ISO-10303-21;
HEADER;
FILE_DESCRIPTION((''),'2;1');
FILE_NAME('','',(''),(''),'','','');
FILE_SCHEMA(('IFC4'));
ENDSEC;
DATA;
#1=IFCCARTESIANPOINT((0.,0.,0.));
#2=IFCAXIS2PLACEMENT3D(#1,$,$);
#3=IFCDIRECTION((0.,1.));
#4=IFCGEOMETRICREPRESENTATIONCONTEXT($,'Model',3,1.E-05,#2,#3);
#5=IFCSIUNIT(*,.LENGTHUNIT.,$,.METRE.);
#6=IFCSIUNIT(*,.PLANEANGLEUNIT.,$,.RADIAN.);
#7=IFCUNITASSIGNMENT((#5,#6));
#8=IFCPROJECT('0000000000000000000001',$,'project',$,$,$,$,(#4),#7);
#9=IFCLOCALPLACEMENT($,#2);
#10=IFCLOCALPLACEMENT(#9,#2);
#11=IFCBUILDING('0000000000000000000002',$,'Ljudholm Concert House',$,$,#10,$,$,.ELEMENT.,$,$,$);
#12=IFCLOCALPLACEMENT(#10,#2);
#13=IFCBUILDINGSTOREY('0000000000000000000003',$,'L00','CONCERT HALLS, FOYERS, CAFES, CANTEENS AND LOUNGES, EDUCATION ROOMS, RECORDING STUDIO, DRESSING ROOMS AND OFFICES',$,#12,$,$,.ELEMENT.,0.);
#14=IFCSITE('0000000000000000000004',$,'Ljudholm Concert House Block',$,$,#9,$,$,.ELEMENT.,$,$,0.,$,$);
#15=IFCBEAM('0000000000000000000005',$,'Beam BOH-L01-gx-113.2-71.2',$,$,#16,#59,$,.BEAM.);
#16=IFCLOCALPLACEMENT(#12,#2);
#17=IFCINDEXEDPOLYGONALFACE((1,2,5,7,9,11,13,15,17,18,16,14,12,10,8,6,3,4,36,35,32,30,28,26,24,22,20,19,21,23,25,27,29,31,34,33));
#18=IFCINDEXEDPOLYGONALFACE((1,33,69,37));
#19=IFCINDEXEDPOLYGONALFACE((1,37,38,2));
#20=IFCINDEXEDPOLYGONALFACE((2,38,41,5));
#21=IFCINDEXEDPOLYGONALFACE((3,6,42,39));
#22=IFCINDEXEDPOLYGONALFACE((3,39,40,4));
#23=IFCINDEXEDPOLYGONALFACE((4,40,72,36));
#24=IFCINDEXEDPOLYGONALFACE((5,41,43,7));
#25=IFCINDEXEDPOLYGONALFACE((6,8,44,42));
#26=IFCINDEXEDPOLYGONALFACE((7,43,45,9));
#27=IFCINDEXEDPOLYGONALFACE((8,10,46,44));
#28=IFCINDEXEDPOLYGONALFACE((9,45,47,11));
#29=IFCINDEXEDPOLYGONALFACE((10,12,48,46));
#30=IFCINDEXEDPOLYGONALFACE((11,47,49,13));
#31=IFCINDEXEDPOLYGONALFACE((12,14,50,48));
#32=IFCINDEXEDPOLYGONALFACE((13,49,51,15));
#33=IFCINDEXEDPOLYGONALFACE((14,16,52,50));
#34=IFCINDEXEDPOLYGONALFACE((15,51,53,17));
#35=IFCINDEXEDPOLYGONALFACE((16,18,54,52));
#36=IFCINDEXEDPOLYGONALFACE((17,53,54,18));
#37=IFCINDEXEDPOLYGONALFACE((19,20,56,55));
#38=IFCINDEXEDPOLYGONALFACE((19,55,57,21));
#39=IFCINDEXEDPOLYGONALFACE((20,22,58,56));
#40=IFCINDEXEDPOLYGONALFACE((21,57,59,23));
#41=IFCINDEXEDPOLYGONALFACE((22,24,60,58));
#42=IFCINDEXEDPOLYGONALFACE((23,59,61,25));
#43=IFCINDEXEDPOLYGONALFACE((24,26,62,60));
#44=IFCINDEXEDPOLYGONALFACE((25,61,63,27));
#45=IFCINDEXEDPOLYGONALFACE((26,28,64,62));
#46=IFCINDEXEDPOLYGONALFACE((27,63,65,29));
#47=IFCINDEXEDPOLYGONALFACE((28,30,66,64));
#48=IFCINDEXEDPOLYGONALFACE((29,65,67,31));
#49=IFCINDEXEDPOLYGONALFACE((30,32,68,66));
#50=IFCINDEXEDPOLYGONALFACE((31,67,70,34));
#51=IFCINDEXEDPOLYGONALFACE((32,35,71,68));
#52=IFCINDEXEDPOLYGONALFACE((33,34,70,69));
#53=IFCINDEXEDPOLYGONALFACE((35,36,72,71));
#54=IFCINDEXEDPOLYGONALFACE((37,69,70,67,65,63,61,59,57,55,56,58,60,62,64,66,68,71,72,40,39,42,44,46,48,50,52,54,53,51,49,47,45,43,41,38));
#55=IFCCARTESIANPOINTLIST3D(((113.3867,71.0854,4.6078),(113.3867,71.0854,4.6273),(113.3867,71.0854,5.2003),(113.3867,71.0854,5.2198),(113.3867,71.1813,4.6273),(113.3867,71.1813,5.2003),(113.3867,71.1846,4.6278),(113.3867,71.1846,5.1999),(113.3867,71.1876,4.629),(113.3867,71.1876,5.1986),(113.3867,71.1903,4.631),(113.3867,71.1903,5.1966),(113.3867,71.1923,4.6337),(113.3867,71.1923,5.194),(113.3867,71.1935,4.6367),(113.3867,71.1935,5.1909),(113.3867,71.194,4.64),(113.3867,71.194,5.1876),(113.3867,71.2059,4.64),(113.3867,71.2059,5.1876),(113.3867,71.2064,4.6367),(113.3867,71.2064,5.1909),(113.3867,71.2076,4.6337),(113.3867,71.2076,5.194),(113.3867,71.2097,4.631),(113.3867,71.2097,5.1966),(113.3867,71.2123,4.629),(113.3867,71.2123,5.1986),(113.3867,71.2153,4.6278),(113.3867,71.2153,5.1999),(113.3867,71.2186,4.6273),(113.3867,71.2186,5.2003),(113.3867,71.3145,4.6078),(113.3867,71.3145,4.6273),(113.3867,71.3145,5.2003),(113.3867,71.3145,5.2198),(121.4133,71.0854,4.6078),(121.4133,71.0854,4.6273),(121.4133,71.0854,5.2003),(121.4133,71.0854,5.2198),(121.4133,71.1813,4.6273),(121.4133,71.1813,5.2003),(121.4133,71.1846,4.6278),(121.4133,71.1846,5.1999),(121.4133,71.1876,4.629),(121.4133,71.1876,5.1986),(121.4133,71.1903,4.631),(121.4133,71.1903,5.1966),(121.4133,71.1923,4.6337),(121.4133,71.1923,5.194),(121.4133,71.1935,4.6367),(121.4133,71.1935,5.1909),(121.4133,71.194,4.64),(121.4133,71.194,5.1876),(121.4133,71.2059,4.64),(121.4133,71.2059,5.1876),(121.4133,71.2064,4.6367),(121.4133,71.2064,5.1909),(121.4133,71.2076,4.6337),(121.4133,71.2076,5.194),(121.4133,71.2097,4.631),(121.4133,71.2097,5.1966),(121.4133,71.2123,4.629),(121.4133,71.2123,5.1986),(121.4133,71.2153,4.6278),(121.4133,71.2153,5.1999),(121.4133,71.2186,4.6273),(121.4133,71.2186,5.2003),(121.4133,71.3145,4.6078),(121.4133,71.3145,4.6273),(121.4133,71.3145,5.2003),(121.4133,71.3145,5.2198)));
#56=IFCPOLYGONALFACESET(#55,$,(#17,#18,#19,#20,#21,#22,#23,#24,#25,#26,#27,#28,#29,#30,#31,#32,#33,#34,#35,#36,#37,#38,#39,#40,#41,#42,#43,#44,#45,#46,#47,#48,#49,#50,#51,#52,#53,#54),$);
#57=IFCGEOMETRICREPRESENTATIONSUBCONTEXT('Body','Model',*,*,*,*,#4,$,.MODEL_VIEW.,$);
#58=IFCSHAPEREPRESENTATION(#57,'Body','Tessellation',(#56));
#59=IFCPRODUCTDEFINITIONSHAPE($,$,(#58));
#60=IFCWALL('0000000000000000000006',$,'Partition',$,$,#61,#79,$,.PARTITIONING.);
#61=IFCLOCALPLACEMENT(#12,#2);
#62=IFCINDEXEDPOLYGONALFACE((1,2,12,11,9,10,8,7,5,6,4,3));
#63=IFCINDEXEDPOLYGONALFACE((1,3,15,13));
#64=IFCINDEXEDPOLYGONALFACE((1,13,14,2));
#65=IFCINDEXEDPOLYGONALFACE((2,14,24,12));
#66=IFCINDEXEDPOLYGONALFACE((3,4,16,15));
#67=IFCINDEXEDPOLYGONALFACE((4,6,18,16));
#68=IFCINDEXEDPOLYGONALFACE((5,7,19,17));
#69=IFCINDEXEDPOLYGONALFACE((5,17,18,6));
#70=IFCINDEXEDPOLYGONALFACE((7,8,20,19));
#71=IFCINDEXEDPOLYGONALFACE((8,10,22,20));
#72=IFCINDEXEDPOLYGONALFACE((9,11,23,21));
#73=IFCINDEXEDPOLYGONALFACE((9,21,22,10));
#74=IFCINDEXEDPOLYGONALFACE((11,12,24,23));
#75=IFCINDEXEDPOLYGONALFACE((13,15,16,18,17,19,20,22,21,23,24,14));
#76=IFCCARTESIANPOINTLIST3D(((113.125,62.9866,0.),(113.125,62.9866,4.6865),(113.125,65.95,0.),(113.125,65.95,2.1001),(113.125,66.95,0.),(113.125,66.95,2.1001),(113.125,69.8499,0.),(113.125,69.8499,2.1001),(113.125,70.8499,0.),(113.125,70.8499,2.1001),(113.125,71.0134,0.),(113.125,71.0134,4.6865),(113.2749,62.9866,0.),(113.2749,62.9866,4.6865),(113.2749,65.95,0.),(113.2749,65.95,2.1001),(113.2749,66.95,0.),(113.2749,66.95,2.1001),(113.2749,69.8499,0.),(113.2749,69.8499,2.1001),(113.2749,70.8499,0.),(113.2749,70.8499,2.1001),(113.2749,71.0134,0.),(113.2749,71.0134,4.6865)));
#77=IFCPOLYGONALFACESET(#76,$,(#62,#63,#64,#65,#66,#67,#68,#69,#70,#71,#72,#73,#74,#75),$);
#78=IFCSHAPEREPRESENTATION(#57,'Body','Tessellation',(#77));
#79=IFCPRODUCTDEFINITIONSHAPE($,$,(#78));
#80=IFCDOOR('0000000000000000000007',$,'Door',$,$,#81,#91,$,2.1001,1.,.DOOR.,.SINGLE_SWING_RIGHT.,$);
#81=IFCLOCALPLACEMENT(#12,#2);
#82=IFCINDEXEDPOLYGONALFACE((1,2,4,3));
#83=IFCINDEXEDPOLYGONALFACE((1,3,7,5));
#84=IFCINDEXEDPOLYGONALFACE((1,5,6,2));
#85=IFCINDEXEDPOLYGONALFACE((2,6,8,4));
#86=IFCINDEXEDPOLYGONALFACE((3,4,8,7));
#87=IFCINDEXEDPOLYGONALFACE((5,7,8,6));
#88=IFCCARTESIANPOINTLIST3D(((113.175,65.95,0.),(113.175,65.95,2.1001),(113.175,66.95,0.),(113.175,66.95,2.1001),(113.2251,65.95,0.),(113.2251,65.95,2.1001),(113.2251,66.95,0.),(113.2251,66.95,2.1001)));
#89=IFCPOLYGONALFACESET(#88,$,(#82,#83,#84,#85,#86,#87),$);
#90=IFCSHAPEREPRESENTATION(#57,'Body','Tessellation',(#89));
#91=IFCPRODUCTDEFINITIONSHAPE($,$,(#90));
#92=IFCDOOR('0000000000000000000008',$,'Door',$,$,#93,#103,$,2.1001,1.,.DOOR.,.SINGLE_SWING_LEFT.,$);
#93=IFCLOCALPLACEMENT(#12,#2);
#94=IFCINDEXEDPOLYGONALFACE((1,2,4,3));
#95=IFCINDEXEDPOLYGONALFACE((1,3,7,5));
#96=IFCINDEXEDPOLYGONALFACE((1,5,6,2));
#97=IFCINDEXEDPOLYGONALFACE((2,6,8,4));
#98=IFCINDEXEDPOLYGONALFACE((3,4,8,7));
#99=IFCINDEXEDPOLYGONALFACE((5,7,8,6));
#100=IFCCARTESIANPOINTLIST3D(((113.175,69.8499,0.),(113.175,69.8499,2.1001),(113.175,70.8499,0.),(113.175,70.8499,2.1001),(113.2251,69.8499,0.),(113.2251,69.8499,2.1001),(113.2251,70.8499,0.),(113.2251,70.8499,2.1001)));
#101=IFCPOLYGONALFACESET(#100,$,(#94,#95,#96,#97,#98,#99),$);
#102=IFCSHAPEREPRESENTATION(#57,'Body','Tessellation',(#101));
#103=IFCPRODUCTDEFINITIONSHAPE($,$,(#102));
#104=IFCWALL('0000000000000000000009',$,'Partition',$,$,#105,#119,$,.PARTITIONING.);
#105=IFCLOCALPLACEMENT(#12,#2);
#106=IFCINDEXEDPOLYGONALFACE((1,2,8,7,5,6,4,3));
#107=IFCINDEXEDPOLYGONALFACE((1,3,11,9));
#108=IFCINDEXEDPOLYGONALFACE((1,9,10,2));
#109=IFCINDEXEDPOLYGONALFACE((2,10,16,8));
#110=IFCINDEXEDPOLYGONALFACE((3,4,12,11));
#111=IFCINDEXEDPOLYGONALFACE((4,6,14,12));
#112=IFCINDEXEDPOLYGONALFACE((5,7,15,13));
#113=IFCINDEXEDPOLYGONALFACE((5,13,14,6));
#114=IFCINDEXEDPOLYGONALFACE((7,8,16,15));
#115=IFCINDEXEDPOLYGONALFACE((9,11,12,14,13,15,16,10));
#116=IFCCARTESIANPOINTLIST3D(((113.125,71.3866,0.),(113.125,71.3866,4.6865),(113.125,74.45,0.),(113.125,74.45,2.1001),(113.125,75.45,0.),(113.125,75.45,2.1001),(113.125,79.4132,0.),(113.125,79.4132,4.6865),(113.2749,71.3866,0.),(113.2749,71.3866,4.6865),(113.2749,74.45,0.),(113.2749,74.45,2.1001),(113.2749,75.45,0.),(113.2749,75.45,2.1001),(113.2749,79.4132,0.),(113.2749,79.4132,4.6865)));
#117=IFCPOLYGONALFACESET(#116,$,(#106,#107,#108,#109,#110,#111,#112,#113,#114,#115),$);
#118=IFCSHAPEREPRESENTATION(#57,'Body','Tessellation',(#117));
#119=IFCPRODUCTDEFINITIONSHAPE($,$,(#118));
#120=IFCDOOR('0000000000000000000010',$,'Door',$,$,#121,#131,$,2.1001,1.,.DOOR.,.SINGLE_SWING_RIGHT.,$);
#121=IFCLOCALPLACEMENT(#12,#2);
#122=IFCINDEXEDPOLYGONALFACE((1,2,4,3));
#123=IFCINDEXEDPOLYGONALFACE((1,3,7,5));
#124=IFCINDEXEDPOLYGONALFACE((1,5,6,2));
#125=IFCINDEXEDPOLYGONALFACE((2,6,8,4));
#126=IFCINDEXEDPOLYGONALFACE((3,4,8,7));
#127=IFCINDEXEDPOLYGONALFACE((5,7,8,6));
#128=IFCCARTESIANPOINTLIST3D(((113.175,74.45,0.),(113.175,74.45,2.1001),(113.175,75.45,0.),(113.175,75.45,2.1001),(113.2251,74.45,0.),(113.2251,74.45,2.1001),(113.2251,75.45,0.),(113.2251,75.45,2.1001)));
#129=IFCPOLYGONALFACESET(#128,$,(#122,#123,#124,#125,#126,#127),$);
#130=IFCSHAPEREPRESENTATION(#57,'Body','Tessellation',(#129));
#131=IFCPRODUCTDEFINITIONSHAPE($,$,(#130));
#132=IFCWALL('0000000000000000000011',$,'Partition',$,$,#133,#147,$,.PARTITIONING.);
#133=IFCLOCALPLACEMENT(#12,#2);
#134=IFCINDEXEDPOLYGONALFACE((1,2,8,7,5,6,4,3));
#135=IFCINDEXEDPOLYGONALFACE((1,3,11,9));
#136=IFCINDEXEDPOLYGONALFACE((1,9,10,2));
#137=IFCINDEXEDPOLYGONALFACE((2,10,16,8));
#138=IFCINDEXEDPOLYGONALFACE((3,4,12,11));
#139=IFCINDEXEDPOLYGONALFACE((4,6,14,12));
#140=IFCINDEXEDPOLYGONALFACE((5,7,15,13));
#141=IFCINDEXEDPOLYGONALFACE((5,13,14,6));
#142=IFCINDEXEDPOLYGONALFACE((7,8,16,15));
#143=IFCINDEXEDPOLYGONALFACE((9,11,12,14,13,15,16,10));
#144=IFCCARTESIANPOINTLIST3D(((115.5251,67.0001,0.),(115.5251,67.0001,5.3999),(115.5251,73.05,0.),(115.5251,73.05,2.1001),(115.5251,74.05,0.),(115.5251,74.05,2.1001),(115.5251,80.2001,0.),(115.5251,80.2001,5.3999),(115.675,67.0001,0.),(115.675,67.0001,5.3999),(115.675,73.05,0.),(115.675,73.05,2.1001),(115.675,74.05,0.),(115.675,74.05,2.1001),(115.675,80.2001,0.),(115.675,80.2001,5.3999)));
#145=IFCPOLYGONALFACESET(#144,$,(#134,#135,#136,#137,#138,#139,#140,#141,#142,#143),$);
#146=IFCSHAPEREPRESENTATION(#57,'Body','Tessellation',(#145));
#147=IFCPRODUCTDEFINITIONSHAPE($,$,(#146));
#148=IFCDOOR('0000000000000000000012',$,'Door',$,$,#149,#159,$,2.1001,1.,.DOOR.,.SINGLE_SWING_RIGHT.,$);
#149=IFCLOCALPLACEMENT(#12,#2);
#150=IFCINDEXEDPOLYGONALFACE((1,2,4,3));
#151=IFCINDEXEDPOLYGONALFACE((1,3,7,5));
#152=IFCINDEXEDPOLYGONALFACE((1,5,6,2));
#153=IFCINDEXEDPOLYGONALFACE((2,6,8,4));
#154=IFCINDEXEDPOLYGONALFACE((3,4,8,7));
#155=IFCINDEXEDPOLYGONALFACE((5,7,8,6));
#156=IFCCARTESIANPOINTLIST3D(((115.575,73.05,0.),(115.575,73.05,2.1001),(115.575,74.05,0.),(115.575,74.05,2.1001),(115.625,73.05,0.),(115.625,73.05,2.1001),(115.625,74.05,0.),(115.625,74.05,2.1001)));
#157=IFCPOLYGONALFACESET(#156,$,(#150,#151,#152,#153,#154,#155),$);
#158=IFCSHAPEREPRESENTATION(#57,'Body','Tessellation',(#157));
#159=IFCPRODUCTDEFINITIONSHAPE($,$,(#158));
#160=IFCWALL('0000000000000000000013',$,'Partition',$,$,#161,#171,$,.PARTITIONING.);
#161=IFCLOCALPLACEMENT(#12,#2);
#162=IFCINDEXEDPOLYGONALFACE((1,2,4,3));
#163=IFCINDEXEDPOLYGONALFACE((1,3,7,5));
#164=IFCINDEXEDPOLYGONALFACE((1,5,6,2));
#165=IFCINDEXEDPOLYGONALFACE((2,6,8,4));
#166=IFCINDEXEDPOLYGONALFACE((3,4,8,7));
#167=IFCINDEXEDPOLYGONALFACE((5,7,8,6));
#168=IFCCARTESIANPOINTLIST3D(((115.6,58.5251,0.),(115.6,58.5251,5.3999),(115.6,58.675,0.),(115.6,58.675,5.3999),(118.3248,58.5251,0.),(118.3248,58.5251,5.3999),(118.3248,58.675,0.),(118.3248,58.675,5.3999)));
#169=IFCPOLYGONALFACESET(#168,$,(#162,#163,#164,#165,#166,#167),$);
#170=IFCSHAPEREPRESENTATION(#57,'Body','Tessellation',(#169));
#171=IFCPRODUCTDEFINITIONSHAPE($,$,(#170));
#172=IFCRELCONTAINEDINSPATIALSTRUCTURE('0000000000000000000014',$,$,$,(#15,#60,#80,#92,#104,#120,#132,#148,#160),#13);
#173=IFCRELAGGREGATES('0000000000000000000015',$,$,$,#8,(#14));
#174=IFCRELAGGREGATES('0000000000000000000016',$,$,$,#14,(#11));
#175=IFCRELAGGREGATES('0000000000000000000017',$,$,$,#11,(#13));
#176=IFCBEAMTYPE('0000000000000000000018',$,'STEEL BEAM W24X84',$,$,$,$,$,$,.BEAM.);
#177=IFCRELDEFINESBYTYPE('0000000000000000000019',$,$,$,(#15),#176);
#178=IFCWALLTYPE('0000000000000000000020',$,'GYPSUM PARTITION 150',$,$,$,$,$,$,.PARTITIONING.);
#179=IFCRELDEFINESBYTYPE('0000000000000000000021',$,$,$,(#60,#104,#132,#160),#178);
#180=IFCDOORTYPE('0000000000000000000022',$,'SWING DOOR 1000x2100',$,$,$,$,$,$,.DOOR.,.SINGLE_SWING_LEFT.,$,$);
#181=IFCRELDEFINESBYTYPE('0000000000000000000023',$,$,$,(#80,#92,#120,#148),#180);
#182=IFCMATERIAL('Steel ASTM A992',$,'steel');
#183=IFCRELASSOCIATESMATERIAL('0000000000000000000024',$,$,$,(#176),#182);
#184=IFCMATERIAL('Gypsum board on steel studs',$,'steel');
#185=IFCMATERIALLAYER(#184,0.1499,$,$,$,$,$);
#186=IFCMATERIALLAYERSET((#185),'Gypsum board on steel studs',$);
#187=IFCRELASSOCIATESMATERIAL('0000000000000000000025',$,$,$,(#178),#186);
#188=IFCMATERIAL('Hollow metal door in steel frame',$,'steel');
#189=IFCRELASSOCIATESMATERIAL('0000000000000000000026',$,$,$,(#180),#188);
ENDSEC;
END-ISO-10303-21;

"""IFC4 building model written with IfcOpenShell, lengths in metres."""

from ifc_helpers import new_model, si_unit, direction, frame, frame_2d, origin, origin_2d, place, context, subcontext, project, spatial, rectangle, i_section, extrude, material, layer, layer_set, material_profile, profile_set, type_object, element, fill, save


model = new_model("IFC4")

# Units and contexts
model_context = context("Model", 3, precision=1e-05, world=origin(), true_north=direction((0.0, 1.0)))
body_context = subcontext(model_context, "Body", "Model", "MODEL_VIEW")
ifc_project = project(units=[si_unit("LENGTHUNIT", "METRE"), si_unit("PLANEANGLEUNIT", "RADIAN")], contexts=[model_context])

# Site, building, storey
site_placement = place(None, origin())
site = spatial("IfcSite", under=ifc_project, at=site_placement, Name="Ljudholm Concert House Block", CompositionType="ELEMENT", RefElevation=0.0)
building_placement = place(site_placement, origin())
building = spatial("IfcBuilding", under=site, at=building_placement, Name="Ljudholm Concert House", CompositionType="ELEMENT")
storey_placement = place(building_placement, origin())
storey = spatial("IfcBuildingStorey", under=building, at=storey_placement, Name="L00", Description="CONCERT HALLS, FOYERS, CAFES, CANTEENS AND LOUNGES, EDUCATION ROOMS, RECORDING STUDIO, DRESSING ROOMS AND OFFICES", CompositionType="ELEMENT", Elevation=0.0)

# Beam
ifc_material_1 = material(Name="Steel ASTM A992", Category="steel")
ifc_material_profile_1 = material_profile(ifc_material_1, i_section(OverallWidth=0.229, OverallDepth=0.6121, WebThickness=0.012, FlangeThickness=0.0195, FilletRadius=0.0127, at=origin_2d()), Name="W24X84")
ifc_profile_set_1 = profile_set([ifc_material_profile_1], Name="Steel ASTM A992")
beam_type_1 = type_object("IfcBeamType", Name="STEEL BEAM W24X84", PredefinedType="BEAM", material=ifc_profile_set_1)
beam_1_placement = place(storey_placement, frame((113.3867, 71.2, 4.9138), z_axis=(1.0, 0.0, 0.0), x_axis=(0.0, 1.0, 0.0)))
element("IfcBeam", 1, at=beam_1_placement, inside=storey, type_object=beam_type_1, Name="Beam BOH-L01-gx-113.2-71.2", PredefinedType="BEAM", context=body_context, shape_type="SweptSolid", body=[
    extrude(i_section(OverallWidth=0.229, OverallDepth=0.6121, WebThickness=0.012, FlangeThickness=0.0195, FilletRadius=0.0127, at=origin_2d()), origin(), (0.0, 0.0, 1.0), 8.0266),
])

# Wall, openings, doors
ifc_material_2 = material(Name="Gypsum board on steel studs", Category="steel")
ifc_layer_1 = layer(ifc_material_2, 0.1499)
ifc_layer_set_1 = layer_set([ifc_layer_1], Name="Gypsum board on steel studs")
wall_type_1 = type_object("IfcWallType", Name="GYPSUM PARTITION 150", PredefinedType="PARTITIONING", material=ifc_layer_set_1)
wall_1_placement = place(storey_placement, frame((113.2, 62.9866, 0.0), z_axis=(0.0, 0.0, 1.0), x_axis=(0.0, 1.0, 0.0)))
wall_1 = element("IfcWall", 2, at=wall_1_placement, inside=storey, type_object=wall_type_1, Name="Partition", PredefinedType="PARTITIONING", context=body_context, shape_type="SweptSolid", body=[
    extrude(rectangle(XDim=8.0269, YDim=0.1499, at=frame_2d((4.0134, 0.0))), origin(), (0.0, 0.0, 1.0), 4.6865),
])
opening_1_placement = place(wall_1_placement, frame((2.9634, 0.0, 0.0)))
opening_1 = element("IfcOpeningElement", 3, at=opening_1_placement, cuts=wall_1, PredefinedType="OPENING", context=body_context, shape_type="SweptSolid", body=[
    extrude(rectangle(XDim=1.0, YDim=2.1001, at=frame_2d((0.5, 1.05))), frame((0.0, 0.085, 0.0), z_axis=(0.0, -1.0, 0.0), x_axis=(1.0, 0.0, 0.0)), (0.0, 0.0, 1.0), 0.1699),
])
opening_2_placement = place(wall_1_placement, frame((6.8633, 0.0, 0.0)))
opening_2 = element("IfcOpeningElement", 4, at=opening_2_placement, cuts=wall_1, PredefinedType="OPENING", context=body_context, shape_type="SweptSolid", body=[
    extrude(rectangle(XDim=1.0, YDim=2.1001, at=frame_2d((0.5, 1.05))), frame((0.0, 0.085, 0.0), z_axis=(0.0, -1.0, 0.0), x_axis=(1.0, 0.0, 0.0)), (0.0, 0.0, 1.0), 0.1699),
])
ifc_material_3 = material(Name="Hollow metal door in steel frame", Category="steel")
door_type_1 = type_object("IfcDoorType", Name="SWING DOOR 1000x2100", OperationType="SINGLE_SWING_LEFT", PredefinedType="DOOR", material=ifc_material_3)
door_1_placement = place(opening_1_placement, origin())
door_1 = element("IfcDoor", 5, at=door_1_placement, inside=storey, type_object=door_type_1, Name="Door", OperationType="SINGLE_SWING_RIGHT", OverallHeight=2.1001, OverallWidth=1.0, PredefinedType="DOOR", context=body_context, shape_type="SweptSolid", body=[
    extrude(rectangle(XDim=1.0, YDim=2.1001, at=frame_2d((0.5, 1.05))), frame((0.0, 0.0249, 0.0), z_axis=(0.0, -1.0, 0.0), x_axis=(1.0, 0.0, 0.0)), (0.0, 0.0, 1.0), 0.05),
])
fill(opening_1, door_1)
door_2_placement = place(opening_2_placement, origin())
door_2 = element("IfcDoor", 6, at=door_2_placement, inside=storey, type_object=door_type_1, Name="Door", OperationType="SINGLE_SWING_LEFT", OverallHeight=2.1001, OverallWidth=1.0, PredefinedType="DOOR", context=body_context, shape_type="SweptSolid", body=[
    extrude(rectangle(XDim=1.0, YDim=2.1001, at=frame_2d((0.5, 1.05))), frame((0.0, 0.0249, 0.0), z_axis=(0.0, -1.0, 0.0), x_axis=(1.0, 0.0, 0.0)), (0.0, 0.0, 1.0), 0.05),
])
fill(opening_2, door_2)

# Walls, openings, doors
wall_2_placement = place(storey_placement, frame((113.2, 71.3867, 0.0), z_axis=(0.0, 0.0, 1.0), x_axis=(0.0, 1.0, 0.0)))
wall_2 = element("IfcWall", 7, at=wall_2_placement, inside=storey, type_object=wall_type_1, Name="Partition", PredefinedType="PARTITIONING", context=body_context, shape_type="SweptSolid", body=[
    extrude(rectangle(XDim=8.0266, YDim=0.1499, at=frame_2d((4.0132, 0.0))), origin(), (0.0, 0.0, 1.0), 4.6865),
])
opening_3_placement = place(wall_2_placement, frame((3.0632, 0.0, 0.0)))
opening_3 = element("IfcOpeningElement", 8, at=opening_3_placement, cuts=wall_2, PredefinedType="OPENING", context=body_context, shape_type="SweptSolid", body=[
    extrude(rectangle(XDim=1.0, YDim=2.1001, at=frame_2d((0.5, 1.05))), frame((0.0, 0.085, 0.0), z_axis=(0.0, -1.0, 0.0), x_axis=(1.0, 0.0, 0.0)), (0.0, 0.0, 1.0), 0.1699),
])
door_3_placement = place(opening_3_placement, origin())
door_3 = element("IfcDoor", 9, at=door_3_placement, inside=storey, type_object=door_type_1, Name="Door", OperationType="SINGLE_SWING_RIGHT", OverallHeight=2.1001, OverallWidth=1.0, PredefinedType="DOOR", context=body_context, shape_type="SweptSolid", body=[
    extrude(rectangle(XDim=1.0, YDim=2.1001, at=frame_2d((0.5, 1.05))), frame((0.0, 0.0249, 0.0), z_axis=(0.0, -1.0, 0.0), x_axis=(1.0, 0.0, 0.0)), (0.0, 0.0, 1.0), 0.05),
])
fill(opening_3, door_3)
wall_3_placement = place(storey_placement, frame((115.6001, 67.0, 0.0), z_axis=(0.0, 0.0, 1.0), x_axis=(0.0, 1.0, 0.0)))
wall_3 = element("IfcWall", 10, at=wall_3_placement, inside=storey, type_object=wall_type_1, Name="Partition", PredefinedType="PARTITIONING", context=body_context, shape_type="SweptSolid", body=[
    extrude(rectangle(XDim=13.2, YDim=0.1499, at=frame_2d((6.6001, 0.0))), origin(), (0.0, 0.0, 1.0), 5.3999),
])
opening_4_placement = place(wall_3_placement, frame((6.05, 0.0, 0.0)))
opening_4 = element("IfcOpeningElement", 11, at=opening_4_placement, cuts=wall_3, PredefinedType="OPENING", context=body_context, shape_type="SweptSolid", body=[
    extrude(rectangle(XDim=1.0, YDim=2.1001, at=frame_2d((0.5, 1.05))), frame((0.0, 0.085, 0.0), z_axis=(0.0, -1.0, 0.0), x_axis=(1.0, 0.0, 0.0)), (0.0, 0.0, 1.0), 0.1699),
])
door_4_placement = place(opening_4_placement, frame((1.0, 0.0, 0.0), z_axis=(0.0, 0.0, 1.0), x_axis=(-1.0, 0.0, 0.0)))
door_4 = element("IfcDoor", 12, at=door_4_placement, inside=storey, type_object=door_type_1, Name="Door", OperationType="SINGLE_SWING_RIGHT", OverallHeight=2.1001, OverallWidth=1.0, PredefinedType="DOOR", context=body_context, shape_type="SweptSolid", body=[
    extrude(rectangle(XDim=1.0, YDim=2.1001, at=frame_2d((0.5, 1.05))), frame((0.0, 0.0249, 0.0), z_axis=(0.0, -1.0, 0.0), x_axis=(1.0, 0.0, 0.0)), (0.0, 0.0, 1.0), 0.05),
])
fill(opening_4, door_4)

# Wall
wall_4_placement = place(storey_placement, frame((115.6001, 58.6001, 0.0), z_axis=(0.0, 0.0, 1.0), x_axis=(1.0, 0.0, 0.0)))
element("IfcWall", 13, at=wall_4_placement, inside=storey, type_object=wall_type_1, Name="Partition", PredefinedType="PARTITIONING", context=body_context, shape_type="SweptSolid", body=[
    extrude(rectangle(XDim=2.7249, YDim=0.1499, at=frame_2d((1.3623, 0.0))), origin(), (0.0, 0.0, 1.0), 5.3999),
])

save(model, "model.ifc")
